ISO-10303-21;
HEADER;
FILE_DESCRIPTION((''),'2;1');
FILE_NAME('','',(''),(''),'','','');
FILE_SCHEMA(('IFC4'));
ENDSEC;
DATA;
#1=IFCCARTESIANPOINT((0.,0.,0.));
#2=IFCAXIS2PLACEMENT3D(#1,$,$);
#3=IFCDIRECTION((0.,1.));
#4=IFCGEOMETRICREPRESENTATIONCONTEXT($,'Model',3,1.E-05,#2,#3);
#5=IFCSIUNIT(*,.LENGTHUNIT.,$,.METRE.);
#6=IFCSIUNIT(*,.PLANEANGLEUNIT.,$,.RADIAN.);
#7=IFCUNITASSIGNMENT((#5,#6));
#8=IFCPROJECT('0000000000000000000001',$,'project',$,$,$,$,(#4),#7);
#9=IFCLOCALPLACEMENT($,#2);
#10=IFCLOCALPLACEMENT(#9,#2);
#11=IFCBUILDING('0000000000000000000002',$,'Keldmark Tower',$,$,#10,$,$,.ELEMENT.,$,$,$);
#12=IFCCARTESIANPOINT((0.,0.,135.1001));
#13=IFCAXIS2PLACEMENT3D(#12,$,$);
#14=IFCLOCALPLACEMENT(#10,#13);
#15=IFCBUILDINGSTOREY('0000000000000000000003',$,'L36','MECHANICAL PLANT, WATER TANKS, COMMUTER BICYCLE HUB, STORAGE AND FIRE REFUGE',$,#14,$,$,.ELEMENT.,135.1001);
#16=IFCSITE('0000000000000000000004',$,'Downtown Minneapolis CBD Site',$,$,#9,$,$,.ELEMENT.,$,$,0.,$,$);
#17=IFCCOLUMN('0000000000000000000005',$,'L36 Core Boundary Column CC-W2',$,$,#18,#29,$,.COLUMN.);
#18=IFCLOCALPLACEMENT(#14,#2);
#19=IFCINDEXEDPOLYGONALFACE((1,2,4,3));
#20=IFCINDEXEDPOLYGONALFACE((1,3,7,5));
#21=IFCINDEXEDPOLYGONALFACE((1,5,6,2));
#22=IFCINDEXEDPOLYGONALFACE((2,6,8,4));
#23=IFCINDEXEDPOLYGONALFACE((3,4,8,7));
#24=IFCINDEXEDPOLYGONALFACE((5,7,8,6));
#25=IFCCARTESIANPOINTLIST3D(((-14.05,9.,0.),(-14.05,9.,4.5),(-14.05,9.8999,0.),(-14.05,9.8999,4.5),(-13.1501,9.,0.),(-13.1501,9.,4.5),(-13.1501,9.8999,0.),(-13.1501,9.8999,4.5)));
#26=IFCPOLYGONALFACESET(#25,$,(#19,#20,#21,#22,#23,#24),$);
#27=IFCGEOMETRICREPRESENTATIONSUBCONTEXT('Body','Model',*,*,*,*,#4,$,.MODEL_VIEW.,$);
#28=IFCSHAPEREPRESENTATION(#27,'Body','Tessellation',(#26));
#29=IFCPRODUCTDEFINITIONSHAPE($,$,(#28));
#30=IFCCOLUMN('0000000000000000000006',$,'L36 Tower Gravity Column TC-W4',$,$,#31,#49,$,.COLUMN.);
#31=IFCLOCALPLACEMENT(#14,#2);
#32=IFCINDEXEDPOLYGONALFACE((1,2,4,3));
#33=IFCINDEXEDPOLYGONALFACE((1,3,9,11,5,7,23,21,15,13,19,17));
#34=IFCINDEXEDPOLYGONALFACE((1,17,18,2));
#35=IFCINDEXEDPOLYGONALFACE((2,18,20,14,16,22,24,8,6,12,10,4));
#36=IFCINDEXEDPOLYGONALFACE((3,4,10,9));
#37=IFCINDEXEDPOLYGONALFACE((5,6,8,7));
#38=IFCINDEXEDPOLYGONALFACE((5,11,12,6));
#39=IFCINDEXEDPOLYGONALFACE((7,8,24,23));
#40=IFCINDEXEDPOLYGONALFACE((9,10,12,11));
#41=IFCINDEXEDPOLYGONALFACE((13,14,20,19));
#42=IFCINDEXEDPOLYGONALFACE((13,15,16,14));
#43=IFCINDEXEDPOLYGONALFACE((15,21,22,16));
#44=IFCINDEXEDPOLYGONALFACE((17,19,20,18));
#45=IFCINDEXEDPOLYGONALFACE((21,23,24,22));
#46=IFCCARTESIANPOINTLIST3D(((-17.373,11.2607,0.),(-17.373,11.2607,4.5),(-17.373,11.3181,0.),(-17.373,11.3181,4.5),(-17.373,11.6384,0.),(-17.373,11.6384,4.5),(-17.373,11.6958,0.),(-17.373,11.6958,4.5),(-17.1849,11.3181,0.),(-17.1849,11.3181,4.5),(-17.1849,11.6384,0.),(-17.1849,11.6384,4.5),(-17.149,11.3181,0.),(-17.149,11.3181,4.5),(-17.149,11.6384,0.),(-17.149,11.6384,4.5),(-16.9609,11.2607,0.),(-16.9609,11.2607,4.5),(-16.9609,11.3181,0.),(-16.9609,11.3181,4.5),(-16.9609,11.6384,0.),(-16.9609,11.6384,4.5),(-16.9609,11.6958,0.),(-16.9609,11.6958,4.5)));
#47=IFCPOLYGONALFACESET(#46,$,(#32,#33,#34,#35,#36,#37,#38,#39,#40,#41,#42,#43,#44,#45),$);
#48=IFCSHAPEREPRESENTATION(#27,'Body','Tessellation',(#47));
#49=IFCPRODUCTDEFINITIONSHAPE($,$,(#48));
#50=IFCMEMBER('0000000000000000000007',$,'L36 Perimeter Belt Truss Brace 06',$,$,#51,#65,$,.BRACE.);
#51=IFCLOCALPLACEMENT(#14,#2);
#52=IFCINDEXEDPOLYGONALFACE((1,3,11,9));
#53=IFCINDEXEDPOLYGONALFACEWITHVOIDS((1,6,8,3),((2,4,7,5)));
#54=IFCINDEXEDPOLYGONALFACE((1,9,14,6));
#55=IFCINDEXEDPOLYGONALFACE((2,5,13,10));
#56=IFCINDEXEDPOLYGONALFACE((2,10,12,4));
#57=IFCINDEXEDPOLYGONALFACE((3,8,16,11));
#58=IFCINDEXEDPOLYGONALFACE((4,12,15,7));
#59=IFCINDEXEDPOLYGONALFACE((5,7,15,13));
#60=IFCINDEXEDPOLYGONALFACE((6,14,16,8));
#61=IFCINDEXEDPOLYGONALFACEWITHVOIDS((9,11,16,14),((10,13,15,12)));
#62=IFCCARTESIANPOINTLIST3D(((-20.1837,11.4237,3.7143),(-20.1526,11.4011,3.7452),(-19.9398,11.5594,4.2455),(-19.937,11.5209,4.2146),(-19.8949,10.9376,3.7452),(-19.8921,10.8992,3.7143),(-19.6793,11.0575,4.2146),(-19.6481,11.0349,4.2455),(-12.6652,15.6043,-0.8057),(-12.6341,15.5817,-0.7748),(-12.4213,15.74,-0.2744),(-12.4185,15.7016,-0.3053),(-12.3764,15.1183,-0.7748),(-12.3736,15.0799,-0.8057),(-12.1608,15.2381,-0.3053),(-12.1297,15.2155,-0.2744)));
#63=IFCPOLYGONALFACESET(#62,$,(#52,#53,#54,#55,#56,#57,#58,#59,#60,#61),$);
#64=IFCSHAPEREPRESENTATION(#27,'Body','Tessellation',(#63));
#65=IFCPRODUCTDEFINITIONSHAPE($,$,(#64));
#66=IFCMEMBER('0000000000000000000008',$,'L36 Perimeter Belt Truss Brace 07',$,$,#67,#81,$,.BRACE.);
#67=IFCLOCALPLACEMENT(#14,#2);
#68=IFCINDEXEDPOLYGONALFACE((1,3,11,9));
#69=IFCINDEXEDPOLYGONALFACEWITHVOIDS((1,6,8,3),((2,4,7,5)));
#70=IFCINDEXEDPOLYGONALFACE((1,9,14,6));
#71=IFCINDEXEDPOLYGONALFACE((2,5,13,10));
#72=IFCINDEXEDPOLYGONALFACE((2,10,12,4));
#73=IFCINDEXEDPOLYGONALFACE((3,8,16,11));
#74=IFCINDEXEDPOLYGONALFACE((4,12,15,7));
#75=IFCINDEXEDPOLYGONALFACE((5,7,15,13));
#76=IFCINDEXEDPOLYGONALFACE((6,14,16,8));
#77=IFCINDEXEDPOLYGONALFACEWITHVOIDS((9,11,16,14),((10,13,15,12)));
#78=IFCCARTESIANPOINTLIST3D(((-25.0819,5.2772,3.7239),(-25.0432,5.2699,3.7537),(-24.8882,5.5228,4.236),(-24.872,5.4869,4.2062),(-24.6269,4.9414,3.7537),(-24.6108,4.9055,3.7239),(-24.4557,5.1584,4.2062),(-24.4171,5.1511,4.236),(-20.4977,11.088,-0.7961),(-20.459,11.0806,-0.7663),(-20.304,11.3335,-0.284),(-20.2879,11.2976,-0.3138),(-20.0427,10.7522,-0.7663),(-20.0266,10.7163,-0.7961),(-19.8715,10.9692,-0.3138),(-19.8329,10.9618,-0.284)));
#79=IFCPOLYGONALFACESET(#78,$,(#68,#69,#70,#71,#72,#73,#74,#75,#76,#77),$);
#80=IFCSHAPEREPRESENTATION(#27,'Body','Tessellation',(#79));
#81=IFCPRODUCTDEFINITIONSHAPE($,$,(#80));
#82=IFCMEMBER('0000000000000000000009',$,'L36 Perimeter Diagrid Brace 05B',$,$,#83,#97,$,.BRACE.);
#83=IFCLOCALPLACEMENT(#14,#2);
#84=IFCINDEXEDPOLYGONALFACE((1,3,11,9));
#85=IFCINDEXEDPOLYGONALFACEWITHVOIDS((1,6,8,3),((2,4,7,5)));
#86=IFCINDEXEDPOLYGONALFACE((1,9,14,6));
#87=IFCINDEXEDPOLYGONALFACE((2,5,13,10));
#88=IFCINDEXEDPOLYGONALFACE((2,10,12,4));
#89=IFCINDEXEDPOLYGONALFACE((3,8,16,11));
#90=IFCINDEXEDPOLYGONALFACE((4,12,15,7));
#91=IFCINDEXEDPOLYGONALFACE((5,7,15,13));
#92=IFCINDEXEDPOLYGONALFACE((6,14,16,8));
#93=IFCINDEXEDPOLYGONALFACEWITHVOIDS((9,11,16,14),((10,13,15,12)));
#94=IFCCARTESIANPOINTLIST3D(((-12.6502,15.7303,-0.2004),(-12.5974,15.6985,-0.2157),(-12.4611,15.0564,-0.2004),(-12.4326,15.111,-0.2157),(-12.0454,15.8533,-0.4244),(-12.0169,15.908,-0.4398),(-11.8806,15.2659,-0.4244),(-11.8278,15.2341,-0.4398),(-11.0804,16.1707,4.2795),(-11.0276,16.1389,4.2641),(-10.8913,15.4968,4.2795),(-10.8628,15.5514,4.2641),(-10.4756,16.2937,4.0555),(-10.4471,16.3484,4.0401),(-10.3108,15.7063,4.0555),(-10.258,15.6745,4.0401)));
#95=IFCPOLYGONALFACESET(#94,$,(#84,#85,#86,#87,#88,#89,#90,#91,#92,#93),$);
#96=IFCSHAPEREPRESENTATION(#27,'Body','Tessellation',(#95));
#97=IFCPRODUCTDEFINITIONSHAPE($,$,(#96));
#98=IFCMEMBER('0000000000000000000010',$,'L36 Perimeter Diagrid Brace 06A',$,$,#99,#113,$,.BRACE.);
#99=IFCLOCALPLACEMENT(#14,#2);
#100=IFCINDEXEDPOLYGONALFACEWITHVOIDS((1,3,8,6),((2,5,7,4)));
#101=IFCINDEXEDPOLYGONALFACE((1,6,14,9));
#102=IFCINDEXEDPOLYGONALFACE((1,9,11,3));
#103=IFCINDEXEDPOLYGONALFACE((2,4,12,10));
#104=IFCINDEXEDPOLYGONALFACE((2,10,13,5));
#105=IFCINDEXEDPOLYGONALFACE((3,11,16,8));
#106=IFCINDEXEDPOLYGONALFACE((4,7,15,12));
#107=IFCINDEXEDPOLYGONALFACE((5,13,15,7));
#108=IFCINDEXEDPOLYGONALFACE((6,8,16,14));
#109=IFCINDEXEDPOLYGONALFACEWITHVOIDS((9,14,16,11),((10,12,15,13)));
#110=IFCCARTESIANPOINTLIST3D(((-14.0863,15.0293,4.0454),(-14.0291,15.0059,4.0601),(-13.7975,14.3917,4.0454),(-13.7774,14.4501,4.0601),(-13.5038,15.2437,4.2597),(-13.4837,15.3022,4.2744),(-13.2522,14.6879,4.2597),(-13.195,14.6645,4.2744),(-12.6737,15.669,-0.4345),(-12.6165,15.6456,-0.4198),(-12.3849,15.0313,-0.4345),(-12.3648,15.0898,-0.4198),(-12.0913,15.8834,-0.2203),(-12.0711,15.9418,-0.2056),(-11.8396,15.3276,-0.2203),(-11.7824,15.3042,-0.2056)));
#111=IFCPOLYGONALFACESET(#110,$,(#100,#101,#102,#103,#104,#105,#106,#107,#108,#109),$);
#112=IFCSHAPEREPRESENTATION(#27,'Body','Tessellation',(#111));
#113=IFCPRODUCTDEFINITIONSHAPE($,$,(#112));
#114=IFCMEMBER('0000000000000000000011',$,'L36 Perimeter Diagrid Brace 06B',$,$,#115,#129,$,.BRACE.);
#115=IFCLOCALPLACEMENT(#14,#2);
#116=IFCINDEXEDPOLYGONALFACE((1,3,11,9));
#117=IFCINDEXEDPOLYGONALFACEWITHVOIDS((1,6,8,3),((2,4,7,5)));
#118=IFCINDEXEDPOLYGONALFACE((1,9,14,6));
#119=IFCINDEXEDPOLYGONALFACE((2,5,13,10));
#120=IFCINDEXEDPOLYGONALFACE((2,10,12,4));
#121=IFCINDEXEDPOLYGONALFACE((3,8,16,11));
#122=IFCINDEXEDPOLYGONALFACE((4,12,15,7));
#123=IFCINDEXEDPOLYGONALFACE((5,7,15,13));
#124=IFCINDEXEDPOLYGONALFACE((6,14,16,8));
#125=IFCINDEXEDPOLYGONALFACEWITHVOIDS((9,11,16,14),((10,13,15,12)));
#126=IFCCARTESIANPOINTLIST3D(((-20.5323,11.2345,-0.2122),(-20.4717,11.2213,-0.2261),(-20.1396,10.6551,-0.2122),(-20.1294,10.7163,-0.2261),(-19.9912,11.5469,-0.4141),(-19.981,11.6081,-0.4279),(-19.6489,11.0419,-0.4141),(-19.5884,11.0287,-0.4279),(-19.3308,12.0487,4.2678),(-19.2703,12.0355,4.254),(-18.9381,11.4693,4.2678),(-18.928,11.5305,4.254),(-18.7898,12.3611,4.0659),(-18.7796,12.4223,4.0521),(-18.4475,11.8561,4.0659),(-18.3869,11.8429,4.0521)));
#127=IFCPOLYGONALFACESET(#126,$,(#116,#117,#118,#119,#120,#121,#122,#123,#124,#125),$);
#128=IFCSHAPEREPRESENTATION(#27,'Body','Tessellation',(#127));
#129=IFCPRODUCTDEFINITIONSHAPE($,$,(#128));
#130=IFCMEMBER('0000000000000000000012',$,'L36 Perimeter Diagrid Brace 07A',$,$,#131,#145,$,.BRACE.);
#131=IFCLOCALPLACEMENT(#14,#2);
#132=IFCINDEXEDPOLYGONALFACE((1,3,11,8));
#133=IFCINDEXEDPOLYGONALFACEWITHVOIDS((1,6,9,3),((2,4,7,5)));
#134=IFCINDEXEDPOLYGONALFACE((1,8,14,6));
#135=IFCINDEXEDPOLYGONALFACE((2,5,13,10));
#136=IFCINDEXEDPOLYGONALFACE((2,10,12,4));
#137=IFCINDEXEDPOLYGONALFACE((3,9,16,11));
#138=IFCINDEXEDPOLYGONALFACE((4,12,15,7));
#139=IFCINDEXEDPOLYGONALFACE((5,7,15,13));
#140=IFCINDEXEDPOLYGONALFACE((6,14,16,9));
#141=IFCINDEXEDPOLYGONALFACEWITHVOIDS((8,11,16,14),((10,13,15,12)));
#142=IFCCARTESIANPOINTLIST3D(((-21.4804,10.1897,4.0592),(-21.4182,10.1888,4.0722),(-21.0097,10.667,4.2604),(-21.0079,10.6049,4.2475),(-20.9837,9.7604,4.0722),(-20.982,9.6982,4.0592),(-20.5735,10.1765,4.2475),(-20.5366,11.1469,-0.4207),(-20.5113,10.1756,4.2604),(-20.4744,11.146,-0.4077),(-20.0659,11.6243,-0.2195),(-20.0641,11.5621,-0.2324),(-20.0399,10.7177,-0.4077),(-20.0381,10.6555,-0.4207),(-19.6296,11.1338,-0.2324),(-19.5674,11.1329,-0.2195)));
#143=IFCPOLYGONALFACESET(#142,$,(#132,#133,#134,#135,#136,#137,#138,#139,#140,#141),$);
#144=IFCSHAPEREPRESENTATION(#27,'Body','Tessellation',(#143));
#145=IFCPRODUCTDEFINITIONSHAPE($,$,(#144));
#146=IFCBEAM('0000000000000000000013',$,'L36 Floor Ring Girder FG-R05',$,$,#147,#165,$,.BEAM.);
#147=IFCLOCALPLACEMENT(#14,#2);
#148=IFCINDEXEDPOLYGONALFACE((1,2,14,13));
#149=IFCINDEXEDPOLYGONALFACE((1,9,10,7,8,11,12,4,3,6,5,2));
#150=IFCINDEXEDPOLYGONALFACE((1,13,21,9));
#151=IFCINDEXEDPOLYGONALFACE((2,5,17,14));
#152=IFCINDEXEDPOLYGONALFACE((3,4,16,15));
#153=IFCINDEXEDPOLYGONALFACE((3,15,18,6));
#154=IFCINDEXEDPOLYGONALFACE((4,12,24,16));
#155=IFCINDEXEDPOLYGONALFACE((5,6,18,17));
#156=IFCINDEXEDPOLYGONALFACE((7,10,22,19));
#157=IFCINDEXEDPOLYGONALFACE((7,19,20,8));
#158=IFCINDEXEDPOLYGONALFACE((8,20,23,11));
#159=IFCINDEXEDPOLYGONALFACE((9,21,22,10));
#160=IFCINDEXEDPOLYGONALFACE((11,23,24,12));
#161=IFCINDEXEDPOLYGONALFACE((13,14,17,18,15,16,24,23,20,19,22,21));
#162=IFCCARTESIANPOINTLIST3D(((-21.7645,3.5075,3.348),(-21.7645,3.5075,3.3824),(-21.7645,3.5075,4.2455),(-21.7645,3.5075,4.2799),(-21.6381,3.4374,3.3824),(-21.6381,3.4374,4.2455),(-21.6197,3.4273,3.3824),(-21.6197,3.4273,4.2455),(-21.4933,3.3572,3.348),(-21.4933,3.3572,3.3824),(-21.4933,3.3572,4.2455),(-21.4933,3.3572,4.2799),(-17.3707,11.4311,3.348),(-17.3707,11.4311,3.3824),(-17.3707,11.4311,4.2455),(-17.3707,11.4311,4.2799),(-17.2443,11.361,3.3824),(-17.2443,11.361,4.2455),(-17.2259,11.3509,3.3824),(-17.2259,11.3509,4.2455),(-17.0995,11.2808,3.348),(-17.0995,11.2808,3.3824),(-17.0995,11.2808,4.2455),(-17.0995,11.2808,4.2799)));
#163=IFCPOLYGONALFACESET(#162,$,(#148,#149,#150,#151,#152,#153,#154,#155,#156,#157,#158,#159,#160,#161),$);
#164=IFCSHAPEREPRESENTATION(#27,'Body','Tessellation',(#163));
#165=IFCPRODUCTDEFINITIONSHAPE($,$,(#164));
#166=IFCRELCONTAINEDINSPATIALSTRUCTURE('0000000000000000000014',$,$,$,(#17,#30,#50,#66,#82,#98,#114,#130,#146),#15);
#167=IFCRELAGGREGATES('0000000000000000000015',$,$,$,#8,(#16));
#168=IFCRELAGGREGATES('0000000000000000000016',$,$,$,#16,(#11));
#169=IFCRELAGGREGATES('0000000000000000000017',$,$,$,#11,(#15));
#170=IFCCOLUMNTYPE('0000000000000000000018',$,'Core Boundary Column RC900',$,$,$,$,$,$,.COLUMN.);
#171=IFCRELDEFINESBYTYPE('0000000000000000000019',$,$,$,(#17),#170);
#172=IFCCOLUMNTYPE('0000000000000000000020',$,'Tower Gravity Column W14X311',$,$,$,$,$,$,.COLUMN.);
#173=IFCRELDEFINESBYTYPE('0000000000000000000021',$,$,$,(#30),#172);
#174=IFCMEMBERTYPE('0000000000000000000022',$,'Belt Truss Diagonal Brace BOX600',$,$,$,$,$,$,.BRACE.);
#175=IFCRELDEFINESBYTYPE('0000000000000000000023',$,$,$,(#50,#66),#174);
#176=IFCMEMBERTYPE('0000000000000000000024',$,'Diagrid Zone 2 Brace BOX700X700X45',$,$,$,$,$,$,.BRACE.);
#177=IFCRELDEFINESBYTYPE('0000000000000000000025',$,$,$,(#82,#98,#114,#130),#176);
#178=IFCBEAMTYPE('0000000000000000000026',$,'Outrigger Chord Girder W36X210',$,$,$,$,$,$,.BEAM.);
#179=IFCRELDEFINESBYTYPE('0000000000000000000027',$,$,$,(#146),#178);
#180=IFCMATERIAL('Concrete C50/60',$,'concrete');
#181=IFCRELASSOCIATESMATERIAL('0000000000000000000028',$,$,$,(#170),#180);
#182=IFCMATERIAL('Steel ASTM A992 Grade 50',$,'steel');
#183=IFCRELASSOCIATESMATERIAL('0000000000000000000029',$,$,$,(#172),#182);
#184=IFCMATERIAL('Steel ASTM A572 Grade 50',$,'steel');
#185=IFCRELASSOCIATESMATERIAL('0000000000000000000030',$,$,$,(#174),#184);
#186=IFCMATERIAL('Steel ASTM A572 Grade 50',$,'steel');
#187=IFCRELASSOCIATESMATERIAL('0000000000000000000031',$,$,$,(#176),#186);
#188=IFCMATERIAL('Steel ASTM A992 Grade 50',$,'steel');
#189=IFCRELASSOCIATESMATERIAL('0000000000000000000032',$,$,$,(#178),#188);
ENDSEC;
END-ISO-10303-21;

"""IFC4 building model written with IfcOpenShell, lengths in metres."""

from ifc_helpers import new_model, si_unit, direction, frame, origin, origin_2d, place, context, subcontext, project, spatial, rectangle, hollow_rectangle, i_section, extrude, material, material_profile, profile_set, type_object, element, save


model = new_model("IFC4")

# Units and contexts
model_context = context("Model", 3, precision=1e-05, world=origin(), true_north=direction((0.0, 1.0)))
body_context = subcontext(model_context, "Body", "Model", "MODEL_VIEW")
ifc_project = project(units=[si_unit("LENGTHUNIT", "METRE"), si_unit("PLANEANGLEUNIT", "RADIAN")], contexts=[model_context])

# Site, building, storey
site_placement = place(None, origin())
site = spatial("IfcSite", under=ifc_project, at=site_placement, Name="Downtown Minneapolis CBD Site", CompositionType="ELEMENT", RefElevation=0.0)
building_placement = place(site_placement, origin())
building = spatial("IfcBuilding", under=site, at=building_placement, Name="Keldmark Tower", CompositionType="ELEMENT")
storey_placement = place(building_placement, frame((0.0, 0.0, 135.1001)))
storey = spatial("IfcBuildingStorey", under=building, at=storey_placement, Name="L36", Description="MECHANICAL PLANT, WATER TANKS, COMMUTER BICYCLE HUB, STORAGE AND FIRE REFUGE", CompositionType="ELEMENT", Elevation=135.1001)

# Columns
ifc_material_1 = material(Name="Concrete C50/60", Category="concrete")
ifc_material_profile_1 = material_profile(ifc_material_1, rectangle(XDim=0.8999, YDim=0.8999, at=origin_2d()), Name="RC900X900")
ifc_profile_set_1 = profile_set([ifc_material_profile_1], Name="Concrete C50/60")
column_type_1 = type_object("IfcColumnType", Name="Core Boundary Column RC900", PredefinedType="COLUMN", material=ifc_profile_set_1)
column_1_placement = place(storey_placement, frame((-13.6001, 9.45, 0.0), z_axis=(0.0, 0.0, 1.0), x_axis=(1.0, 0.0, 0.0)))
element("IfcColumn", 1, at=column_1_placement, inside=storey, type_object=column_type_1, Name="L36 Core Boundary Column CC-W2", PredefinedType="COLUMN", context=body_context, shape_type="SweptSolid", body=[
    extrude(rectangle(XDim=0.8999, YDim=0.8999, at=origin_2d()), origin(), (0.0, 0.0, 1.0), 4.5),
])
ifc_material_2 = material(Name="Steel ASTM A992 Grade 50", Category="steel")
ifc_material_profile_2 = material_profile(ifc_material_2, i_section(OverallWidth=0.4121, OverallDepth=0.4351, WebThickness=0.0359, FlangeThickness=0.0574, at=origin_2d()), Name="W14X311")
ifc_profile_set_2 = profile_set([ifc_material_profile_2], Name="Steel ASTM A992 Grade 50")
column_type_2 = type_object("IfcColumnType", Name="Tower Gravity Column W14X311", PredefinedType="COLUMN", material=ifc_profile_set_2)
column_2_placement = place(storey_placement, frame((-17.167, 11.4783, 0.0), z_axis=(0.0, 0.0, 1.0), x_axis=(1.0, 0.0, 0.0)))
element("IfcColumn", 2, at=column_2_placement, inside=storey, type_object=column_type_2, Name="L36 Tower Gravity Column TC-W4", PredefinedType="COLUMN", context=body_context, shape_type="SweptSolid", body=[
    extrude(i_section(OverallWidth=0.4121, OverallDepth=0.4351, WebThickness=0.0359, FlangeThickness=0.0574, at=origin_2d()), origin(), (0.0, 0.0, 1.0), 4.5),
])

# Members
ifc_material_3 = material(Name="Steel ASTM A572 Grade 50", Category="steel")
ifc_material_profile_3 = material_profile(ifc_material_3, hollow_rectangle(XDim=0.6001, YDim=0.6001, WallThickness=0.0349, at=origin_2d()), Name="BOX600X600X35")
ifc_profile_set_3 = profile_set([ifc_material_profile_3], Name="Steel ASTM A572 Grade 50")
member_type_1 = type_object("IfcMemberType", Name="Belt Truss Diagonal Brace BOX600", PredefinedType="BRACE", material=ifc_profile_set_3)
member_1_placement = place(storey_placement, frame((-12.3975, 15.4099, -0.54), z_axis=(-0.773683, -0.430203, 0.465124), x_axis=(0.485971, -0.873975, 0.0)))
element("IfcMember", 3, at=member_1_placement, inside=storey, type_object=member_type_1, Name="L36 Perimeter Belt Truss Brace 06", PredefinedType="BRACE", context=body_context, shape_type="SweptSolid", body=[
    extrude(hollow_rectangle(XDim=0.6001, YDim=0.6001, WallThickness=0.0349, at=origin_2d()), origin(), (0.0, 0.0, 1.0), 9.7178),
])
member_2_placement = place(storey_placement, frame((-20.1653, 11.0249, -0.54), z_axis=(-0.528598, -0.67003, 0.521194), x_axis=(0.785095, -0.619375, 0.0)))
element("IfcMember", 4, at=member_2_placement, inside=storey, type_object=member_type_1, Name="L36 Perimeter Belt Truss Brace 07", PredefinedType="BRACE", context=body_context, shape_type="SweptSolid", body=[
    extrude(hollow_rectangle(XDim=0.6001, YDim=0.6001, WallThickness=0.0349, at=origin_2d()), origin(), (0.0, 0.0, 1.0), 8.6724),
])
ifc_material_4 = material(Name="Steel ASTM A572 Grade 50", Category="steel")
ifc_material_profile_4 = material_profile(ifc_material_4, hollow_rectangle(XDim=0.7, YDim=0.7, WallThickness=0.0449, at=origin_2d()), Name="BOX700X700X45")
ifc_profile_set_4 = profile_set([ifc_material_profile_4], Name="Steel ASTM A572 Grade 50")
member_type_2 = type_object("IfcMemberType", Name="Diagrid Zone 2 Brace BOX700X700X45", PredefinedType="BRACE", material=ifc_profile_set_4)
member_3_placement = place(storey_placement, frame((-12.239, 15.4822, -0.3201), z_axis=(0.32928, 0.092383, 0.939702), x_axis=(-0.27013, 0.962824, 0.0)))
element("IfcMember", 5, at=member_3_placement, inside=storey, type_object=member_type_2, Name="L36 Perimeter Diagrid Brace 05B", PredefinedType="BRACE", context=body_context, shape_type="SweptSolid", body=[
    extrude(hollow_rectangle(XDim=0.7, YDim=0.7, WallThickness=0.0449, at=origin_2d()), origin(), (0.0, 0.0, 1.0), 4.7673),
])
member_4_placement = place(storey_placement, frame((-12.228, 15.4866, -0.3201), z_axis=(-0.297969, -0.134925, 0.944992), x_axis=(0.412498, -0.910959, 0.0)))
element("IfcMember", 6, at=member_4_placement, inside=storey, type_object=member_type_2, Name="L36 Perimeter Diagrid Brace 06A", PredefinedType="BRACE", context=body_context, shape_type="SweptSolid", body=[
    extrude(hollow_rectangle(XDim=0.7, YDim=0.7, WallThickness=0.0449, at=origin_2d()), origin(), (0.0, 0.0, 1.0), 4.7407),
])
member_5_placement = place(storey_placement, frame((-20.0603, 11.1316, -0.3201), z_axis=(0.255121, 0.172898, 0.951325), x_axis=(-0.561012, 0.827808, 0.0)))
element("IfcMember", 7, at=member_5_placement, inside=storey, type_object=member_type_2, Name="L36 Perimeter Diagrid Brace 06B", PredefinedType="BRACE", context=body_context, shape_type="SweptSolid", body=[
    extrude(hollow_rectangle(XDim=0.7, YDim=0.7, WallThickness=0.0449, at=origin_2d()), origin(), (0.0, 0.0, 1.0), 4.7092),
])
member_6_placement = place(storey_placement, frame((-20.052, 11.1399, -0.3201), z_axis=(-0.201792, -0.204663, 0.957806), x_axis=(0.712083, -0.702095, 0.0)))
element("IfcMember", 8, at=member_6_placement, inside=storey, type_object=member_type_2, Name="L36 Perimeter Diagrid Brace 07A", PredefinedType="BRACE", context=body_context, shape_type="SweptSolid", body=[
    extrude(hollow_rectangle(XDim=0.7, YDim=0.7, WallThickness=0.0449, at=origin_2d()), origin(), (0.0, 0.0, 1.0), 4.6772),
])

# Beam
ifc_material_5 = material(Name="Steel ASTM A992 Grade 50", Category="steel")
ifc_material_profile_5 = material_profile(ifc_material_5, i_section(OverallWidth=0.3101, OverallDepth=0.9319, WebThickness=0.021, FlangeThickness=0.0344, at=origin_2d()), Name="W36X210")
ifc_profile_set_5 = profile_set([ifc_material_profile_5], Name="Steel ASTM A992 Grade 50")
beam_type_1 = type_object("IfcBeamType", Name="Outrigger Chord Girder W36X210", PredefinedType="BEAM", material=ifc_profile_set_5)
beam_1_placement = place(storey_placement, frame((-17.2351, 11.356, 3.814), z_axis=(-0.484952, -0.874541, 0.0), x_axis=(0.874541, -0.484952, 0.0)))
element("IfcBeam", 9, at=beam_1_placement, inside=storey, type_object=beam_type_1, Name="L36 Floor Ring Girder FG-R05", PredefinedType="BEAM", context=body_context, shape_type="SweptSolid", body=[
    extrude(i_section(OverallWidth=0.3101, OverallDepth=0.9319, WebThickness=0.021, FlangeThickness=0.0344, at=origin_2d()), origin(), (0.0, 0.0, 1.0), 9.0603),
])

save(model, "model.ifc")
